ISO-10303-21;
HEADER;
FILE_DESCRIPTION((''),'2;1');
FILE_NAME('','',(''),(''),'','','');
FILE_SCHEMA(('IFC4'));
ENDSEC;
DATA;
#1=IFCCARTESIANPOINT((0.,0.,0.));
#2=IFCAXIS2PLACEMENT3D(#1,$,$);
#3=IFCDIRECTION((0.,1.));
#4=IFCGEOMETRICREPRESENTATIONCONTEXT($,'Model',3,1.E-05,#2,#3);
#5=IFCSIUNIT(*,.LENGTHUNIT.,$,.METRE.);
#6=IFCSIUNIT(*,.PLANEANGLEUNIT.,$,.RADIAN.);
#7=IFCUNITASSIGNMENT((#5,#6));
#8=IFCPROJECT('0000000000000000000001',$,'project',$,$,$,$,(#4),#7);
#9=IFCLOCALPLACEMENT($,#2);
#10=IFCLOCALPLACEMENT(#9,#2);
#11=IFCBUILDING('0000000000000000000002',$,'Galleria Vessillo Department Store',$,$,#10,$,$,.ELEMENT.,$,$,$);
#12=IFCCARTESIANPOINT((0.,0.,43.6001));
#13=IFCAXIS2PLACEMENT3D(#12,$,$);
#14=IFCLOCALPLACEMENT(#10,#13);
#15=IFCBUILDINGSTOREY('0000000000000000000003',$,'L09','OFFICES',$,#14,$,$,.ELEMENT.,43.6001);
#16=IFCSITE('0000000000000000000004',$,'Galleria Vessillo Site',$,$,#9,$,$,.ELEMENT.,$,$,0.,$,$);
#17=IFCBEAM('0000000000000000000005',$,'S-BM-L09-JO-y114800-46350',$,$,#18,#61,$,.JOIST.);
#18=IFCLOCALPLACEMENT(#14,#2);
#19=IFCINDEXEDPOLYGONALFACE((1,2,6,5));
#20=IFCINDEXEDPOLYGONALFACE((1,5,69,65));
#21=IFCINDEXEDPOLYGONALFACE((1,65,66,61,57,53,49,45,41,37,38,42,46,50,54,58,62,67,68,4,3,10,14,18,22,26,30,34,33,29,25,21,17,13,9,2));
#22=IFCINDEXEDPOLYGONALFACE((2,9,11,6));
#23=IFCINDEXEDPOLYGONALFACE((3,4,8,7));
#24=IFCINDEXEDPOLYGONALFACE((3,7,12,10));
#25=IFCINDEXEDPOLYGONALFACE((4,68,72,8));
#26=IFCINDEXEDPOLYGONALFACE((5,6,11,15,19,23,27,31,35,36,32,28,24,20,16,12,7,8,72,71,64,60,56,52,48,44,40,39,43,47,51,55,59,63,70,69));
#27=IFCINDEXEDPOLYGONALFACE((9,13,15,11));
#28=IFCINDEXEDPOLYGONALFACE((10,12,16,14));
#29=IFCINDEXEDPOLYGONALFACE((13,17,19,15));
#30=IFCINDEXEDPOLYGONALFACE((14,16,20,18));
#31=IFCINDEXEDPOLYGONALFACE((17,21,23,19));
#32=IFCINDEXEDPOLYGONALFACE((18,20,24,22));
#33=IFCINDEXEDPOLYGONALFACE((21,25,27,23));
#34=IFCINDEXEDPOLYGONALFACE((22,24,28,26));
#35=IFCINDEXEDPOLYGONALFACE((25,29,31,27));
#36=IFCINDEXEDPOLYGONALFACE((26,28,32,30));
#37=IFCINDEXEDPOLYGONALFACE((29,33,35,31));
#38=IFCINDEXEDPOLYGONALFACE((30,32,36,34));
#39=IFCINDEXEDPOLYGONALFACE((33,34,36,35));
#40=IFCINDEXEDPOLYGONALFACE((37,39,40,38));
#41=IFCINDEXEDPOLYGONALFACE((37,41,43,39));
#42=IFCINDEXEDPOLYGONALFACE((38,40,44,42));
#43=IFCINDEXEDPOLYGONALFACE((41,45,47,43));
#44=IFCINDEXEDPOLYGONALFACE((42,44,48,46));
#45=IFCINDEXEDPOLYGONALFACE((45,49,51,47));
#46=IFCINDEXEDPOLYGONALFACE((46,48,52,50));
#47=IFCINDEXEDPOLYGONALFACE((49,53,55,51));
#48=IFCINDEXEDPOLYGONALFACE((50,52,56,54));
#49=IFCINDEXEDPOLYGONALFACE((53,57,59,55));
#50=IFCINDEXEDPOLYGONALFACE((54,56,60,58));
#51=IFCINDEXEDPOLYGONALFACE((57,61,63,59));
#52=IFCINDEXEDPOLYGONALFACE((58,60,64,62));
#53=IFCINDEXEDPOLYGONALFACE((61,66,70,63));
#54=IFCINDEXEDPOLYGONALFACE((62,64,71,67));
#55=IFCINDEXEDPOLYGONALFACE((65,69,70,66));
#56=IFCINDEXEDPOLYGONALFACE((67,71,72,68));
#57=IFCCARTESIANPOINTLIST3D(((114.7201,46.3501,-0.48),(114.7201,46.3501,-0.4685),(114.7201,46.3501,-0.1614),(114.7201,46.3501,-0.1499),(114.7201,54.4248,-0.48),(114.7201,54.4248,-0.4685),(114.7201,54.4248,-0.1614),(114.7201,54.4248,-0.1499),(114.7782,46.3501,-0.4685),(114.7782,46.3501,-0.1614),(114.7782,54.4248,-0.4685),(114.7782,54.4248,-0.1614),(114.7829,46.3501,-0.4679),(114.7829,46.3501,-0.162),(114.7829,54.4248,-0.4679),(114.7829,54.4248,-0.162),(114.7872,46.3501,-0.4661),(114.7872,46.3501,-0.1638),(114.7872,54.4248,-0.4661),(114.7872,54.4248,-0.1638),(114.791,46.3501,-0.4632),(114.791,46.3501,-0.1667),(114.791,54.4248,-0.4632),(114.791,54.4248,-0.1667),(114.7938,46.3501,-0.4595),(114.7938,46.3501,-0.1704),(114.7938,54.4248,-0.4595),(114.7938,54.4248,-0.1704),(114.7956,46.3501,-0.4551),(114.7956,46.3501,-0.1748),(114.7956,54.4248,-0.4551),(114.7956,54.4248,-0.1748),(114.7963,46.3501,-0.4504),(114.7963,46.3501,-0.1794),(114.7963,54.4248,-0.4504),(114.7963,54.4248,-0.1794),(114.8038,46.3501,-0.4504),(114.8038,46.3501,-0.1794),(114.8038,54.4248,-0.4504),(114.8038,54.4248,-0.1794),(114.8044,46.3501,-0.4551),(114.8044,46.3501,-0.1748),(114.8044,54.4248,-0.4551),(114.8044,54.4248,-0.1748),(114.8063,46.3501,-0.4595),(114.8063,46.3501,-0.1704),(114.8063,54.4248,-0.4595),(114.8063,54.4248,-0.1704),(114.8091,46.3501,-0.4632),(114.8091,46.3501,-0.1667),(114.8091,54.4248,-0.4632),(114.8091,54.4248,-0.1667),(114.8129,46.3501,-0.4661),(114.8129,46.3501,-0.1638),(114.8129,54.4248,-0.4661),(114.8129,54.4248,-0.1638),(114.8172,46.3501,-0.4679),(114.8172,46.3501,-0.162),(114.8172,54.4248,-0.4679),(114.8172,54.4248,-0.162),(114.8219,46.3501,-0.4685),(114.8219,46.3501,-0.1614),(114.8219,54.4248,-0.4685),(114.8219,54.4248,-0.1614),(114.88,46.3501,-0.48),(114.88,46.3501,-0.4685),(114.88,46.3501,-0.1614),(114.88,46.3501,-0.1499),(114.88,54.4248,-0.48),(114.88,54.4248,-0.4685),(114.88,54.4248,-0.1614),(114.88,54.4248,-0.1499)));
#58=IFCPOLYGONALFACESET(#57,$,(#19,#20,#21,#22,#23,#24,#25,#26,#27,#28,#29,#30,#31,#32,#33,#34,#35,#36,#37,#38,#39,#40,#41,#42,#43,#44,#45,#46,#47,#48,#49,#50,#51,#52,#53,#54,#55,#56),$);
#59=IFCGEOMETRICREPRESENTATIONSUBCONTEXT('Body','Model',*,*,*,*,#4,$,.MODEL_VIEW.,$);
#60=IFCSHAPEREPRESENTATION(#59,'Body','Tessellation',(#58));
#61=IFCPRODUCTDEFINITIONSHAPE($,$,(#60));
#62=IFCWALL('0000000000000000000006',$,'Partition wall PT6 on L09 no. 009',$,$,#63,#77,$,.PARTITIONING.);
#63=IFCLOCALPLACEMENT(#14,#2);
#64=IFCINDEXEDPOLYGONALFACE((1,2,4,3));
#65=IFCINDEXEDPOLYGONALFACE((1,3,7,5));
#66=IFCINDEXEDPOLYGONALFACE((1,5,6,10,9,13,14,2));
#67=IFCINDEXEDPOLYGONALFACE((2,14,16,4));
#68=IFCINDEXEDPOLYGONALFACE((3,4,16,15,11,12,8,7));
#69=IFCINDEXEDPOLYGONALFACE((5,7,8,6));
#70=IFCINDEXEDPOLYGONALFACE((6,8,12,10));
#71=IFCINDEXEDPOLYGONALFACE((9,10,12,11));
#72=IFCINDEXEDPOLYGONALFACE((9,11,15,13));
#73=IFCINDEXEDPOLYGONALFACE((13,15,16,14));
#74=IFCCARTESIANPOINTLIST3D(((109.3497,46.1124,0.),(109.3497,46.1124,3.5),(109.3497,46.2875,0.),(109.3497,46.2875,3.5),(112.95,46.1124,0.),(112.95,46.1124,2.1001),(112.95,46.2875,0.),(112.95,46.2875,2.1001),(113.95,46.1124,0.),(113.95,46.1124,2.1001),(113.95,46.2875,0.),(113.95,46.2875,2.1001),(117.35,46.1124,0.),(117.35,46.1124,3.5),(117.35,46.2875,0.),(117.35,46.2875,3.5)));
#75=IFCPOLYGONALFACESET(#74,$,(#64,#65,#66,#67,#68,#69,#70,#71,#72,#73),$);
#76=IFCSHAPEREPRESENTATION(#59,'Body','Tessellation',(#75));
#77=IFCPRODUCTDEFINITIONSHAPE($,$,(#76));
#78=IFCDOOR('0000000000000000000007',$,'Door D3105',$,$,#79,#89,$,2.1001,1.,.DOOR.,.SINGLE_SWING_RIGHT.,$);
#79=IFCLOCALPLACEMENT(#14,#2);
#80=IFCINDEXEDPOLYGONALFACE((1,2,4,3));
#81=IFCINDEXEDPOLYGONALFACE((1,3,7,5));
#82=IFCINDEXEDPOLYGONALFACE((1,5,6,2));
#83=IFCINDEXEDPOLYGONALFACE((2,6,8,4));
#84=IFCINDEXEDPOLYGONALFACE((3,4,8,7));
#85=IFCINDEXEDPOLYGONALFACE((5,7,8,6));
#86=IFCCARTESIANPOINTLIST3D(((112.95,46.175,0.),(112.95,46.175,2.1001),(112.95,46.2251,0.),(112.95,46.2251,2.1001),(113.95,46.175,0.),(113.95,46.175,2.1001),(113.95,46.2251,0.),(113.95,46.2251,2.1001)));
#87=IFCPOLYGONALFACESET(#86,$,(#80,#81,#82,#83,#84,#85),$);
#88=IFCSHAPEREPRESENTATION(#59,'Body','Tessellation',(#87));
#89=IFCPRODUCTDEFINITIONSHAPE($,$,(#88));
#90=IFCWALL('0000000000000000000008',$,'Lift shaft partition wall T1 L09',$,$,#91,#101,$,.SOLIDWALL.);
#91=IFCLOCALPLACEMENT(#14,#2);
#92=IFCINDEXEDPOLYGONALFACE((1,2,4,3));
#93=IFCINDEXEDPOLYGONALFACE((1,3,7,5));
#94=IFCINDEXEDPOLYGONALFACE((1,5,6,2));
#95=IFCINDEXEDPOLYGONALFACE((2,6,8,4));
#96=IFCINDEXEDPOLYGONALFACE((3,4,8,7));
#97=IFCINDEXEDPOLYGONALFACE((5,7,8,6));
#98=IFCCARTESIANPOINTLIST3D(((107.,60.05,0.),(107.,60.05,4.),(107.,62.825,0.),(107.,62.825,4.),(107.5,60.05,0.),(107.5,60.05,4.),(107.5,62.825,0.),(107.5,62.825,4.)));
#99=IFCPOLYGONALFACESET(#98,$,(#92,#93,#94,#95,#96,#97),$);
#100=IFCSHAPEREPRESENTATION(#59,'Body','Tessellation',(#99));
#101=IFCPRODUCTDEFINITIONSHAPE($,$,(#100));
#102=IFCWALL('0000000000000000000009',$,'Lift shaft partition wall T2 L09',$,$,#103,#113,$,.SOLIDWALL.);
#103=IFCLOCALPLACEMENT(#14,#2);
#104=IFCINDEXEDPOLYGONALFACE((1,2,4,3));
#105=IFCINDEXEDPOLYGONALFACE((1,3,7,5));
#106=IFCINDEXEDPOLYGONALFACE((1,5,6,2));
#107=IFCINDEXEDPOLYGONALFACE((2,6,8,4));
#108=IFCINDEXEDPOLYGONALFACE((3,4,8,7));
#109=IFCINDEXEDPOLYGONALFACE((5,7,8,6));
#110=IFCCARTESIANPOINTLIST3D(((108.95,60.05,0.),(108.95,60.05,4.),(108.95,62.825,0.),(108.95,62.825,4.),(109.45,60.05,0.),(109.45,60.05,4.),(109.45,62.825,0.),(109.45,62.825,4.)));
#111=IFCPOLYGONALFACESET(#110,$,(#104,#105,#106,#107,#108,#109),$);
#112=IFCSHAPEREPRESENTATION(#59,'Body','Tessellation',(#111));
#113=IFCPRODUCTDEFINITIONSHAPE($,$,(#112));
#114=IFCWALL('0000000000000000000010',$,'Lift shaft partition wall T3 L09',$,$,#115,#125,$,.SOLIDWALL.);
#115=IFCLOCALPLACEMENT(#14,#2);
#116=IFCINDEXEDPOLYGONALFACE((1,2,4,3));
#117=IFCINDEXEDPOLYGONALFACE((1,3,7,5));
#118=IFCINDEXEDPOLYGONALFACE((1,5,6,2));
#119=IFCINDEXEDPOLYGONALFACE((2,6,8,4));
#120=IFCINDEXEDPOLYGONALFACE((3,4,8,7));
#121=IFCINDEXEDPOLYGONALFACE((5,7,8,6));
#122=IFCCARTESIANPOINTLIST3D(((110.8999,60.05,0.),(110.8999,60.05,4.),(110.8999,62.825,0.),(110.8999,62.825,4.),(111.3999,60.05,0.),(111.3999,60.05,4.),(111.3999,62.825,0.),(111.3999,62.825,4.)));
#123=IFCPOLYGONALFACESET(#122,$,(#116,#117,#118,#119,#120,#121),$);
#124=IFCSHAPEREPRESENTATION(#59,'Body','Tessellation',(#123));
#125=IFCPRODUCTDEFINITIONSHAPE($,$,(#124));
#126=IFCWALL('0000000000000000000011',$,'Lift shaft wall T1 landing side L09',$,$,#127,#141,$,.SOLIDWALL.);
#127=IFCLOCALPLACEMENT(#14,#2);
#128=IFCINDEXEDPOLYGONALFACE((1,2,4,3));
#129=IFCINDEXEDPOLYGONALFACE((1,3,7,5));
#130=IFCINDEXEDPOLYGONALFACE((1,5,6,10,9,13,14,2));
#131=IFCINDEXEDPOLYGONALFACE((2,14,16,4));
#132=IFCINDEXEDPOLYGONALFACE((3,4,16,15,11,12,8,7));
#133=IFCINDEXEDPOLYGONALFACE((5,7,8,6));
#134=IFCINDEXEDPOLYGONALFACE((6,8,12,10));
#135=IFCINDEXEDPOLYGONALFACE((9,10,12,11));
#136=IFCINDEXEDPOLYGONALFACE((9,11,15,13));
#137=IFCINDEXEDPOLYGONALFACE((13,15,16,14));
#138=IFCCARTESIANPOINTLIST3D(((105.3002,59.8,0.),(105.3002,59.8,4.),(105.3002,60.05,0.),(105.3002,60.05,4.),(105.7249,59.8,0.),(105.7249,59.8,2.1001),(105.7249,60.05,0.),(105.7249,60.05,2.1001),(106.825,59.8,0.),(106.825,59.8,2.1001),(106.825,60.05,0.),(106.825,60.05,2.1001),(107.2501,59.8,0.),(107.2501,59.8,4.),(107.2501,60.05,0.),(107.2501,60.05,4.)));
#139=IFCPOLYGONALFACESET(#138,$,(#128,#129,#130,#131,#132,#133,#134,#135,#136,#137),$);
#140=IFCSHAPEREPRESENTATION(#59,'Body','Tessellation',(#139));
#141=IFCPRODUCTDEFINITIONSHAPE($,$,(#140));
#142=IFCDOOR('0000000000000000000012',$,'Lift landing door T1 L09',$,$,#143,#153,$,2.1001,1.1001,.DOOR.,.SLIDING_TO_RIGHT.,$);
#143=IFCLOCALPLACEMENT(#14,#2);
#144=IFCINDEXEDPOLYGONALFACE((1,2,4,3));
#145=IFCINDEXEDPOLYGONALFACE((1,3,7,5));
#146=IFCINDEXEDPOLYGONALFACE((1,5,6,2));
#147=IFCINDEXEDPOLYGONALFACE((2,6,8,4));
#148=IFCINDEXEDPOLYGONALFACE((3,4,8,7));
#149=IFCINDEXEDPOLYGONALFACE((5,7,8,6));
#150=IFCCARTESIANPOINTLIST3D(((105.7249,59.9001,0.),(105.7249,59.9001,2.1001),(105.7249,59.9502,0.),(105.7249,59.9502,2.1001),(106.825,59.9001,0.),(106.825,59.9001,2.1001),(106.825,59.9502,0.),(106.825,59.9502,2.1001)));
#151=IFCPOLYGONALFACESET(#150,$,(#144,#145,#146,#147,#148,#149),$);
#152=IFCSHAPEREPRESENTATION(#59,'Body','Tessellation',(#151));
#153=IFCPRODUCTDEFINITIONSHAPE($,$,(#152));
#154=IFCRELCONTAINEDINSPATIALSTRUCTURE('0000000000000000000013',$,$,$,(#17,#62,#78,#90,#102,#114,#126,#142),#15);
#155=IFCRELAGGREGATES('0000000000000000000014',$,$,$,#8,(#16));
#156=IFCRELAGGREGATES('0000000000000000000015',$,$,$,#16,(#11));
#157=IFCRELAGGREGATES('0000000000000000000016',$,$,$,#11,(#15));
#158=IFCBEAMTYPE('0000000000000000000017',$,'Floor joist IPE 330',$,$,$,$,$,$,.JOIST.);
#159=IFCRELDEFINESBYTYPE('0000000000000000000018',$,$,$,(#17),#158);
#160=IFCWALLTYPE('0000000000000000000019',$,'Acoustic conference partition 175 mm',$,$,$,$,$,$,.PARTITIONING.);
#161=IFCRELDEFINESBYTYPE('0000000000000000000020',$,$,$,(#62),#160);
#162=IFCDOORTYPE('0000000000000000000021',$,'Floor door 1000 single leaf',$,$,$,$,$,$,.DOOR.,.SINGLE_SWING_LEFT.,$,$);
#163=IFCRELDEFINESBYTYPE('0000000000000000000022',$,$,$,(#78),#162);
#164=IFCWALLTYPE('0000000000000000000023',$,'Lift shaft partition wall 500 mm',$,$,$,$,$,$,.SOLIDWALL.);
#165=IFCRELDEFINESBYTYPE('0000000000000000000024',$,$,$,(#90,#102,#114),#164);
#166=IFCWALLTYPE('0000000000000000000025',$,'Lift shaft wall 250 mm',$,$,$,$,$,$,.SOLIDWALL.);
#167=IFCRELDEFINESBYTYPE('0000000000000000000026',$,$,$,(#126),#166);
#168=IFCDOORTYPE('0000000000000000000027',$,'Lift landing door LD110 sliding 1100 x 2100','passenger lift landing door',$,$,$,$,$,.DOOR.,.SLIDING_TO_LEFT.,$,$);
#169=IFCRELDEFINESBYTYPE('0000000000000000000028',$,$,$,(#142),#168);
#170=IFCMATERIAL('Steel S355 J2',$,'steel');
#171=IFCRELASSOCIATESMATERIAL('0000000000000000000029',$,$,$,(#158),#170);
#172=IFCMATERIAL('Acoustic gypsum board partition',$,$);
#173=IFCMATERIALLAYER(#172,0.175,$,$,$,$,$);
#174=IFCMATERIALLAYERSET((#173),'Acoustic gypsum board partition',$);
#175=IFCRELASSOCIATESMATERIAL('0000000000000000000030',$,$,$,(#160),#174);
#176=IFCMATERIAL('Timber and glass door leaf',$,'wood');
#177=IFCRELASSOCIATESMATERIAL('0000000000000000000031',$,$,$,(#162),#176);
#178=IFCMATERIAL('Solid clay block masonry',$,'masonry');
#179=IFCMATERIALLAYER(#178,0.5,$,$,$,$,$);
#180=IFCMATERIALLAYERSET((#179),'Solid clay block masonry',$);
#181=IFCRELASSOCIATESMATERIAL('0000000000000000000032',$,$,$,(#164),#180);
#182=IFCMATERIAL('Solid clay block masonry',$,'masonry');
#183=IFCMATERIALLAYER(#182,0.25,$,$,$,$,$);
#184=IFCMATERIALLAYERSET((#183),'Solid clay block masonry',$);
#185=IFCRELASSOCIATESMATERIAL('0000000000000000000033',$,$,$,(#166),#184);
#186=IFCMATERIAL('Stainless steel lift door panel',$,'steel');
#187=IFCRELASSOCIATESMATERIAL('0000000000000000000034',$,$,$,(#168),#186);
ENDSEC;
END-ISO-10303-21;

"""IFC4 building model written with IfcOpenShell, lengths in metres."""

from ifc_helpers import new_model, si_unit, direction, frame, frame_2d, origin, origin_2d, place, context, subcontext, project, spatial, rectangle, i_section, extrude, material, layer, layer_set, material_profile, profile_set, type_object, element, fill, save


model = new_model("IFC4")

# Units and contexts
model_context = context("Model", 3, precision=1e-05, world=origin(), true_north=direction((0.0, 1.0)))
body_context = subcontext(model_context, "Body", "Model", "MODEL_VIEW")
ifc_project = project(units=[si_unit("LENGTHUNIT", "METRE"), si_unit("PLANEANGLEUNIT", "RADIAN")], contexts=[model_context])

# Site, building, storey
site_placement = place(None, origin())
site = spatial("IfcSite", under=ifc_project, at=site_placement, Name="Galleria Vessillo Site", CompositionType="ELEMENT", RefElevation=0.0)
building_placement = place(site_placement, origin())
building = spatial("IfcBuilding", under=site, at=building_placement, Name="Galleria Vessillo Department Store", CompositionType="ELEMENT")
storey_placement = place(building_placement, frame((0.0, 0.0, 43.6001)))
storey = spatial("IfcBuildingStorey", under=building, at=storey_placement, Name="L09", Description="OFFICES", CompositionType="ELEMENT", Elevation=43.6001)

# Beam
ifc_material_1 = material(Name="Steel S355 J2", Category="steel")
ifc_material_profile_1 = material_profile(ifc_material_1, i_section(OverallWidth=0.1599, OverallDepth=0.3301, WebThickness=0.0076, FlangeThickness=0.0115, FilletRadius=0.0181, at=origin_2d()), Name="IPE 330")
ifc_profile_set_1 = profile_set([ifc_material_profile_1], Name="Steel S355 J2")
beam_type_1 = type_object("IfcBeamType", Name="Floor joist IPE 330", PredefinedType="JOIST", material=ifc_profile_set_1)
for number, where, z_axis, x_axis, name in (
    (1, (114.8, 46.3501, -0.3149), (0.0, 1.0, 0.0), (-1.0, 0.0, 0.0), "S-BM-L09-JO-y114800-46350"),
):
    element("IfcBeam", number, at=place(storey_placement, frame(where, z_axis=z_axis, x_axis=x_axis)), inside=storey, type_object=beam_type_1, Name=name, PredefinedType="JOIST", context=body_context, shape_type="SweptSolid", body=[
        extrude(i_section(OverallWidth=0.1599, OverallDepth=0.3301, WebThickness=0.0076, FlangeThickness=0.0115, FilletRadius=0.0181, at=origin_2d()), origin(), (0.0, 0.0, 1.0), 8.0747),
    ])

# Wall, opening, door
ifc_material_2 = material(Name="Acoustic gypsum board partition")
ifc_layer_1 = layer(ifc_material_2, 0.175)
ifc_layer_set_1 = layer_set([ifc_layer_1], Name="Acoustic gypsum board partition")
wall_type_1 = type_object("IfcWallType", Name="Acoustic conference partition 175 mm", PredefinedType="PARTITIONING", material=ifc_layer_set_1)
wall_1_placement = place(storey_placement, frame((109.3499, 46.2, 0.0), z_axis=(0.0, 0.0, 1.0), x_axis=(1.0, 0.0, 0.0)))
wall_1 = element("IfcWall", 2, at=wall_1_placement, inside=storey, type_object=wall_type_1, Name="Partition wall PT6 on L09 no. 009", PredefinedType="PARTITIONING", context=body_context, shape_type="SweptSolid", body=[
    extrude(rectangle(XDim=8.0002, YDim=0.175, at=frame_2d((4.0, 0.0))), origin(), (0.0, 0.0, 1.0), 3.5),
])
opening_1_placement = place(wall_1_placement, frame((3.6001, 0.0, 0.0)))
opening_1 = element("IfcOpeningElement", 3, at=opening_1_placement, cuts=wall_1, PredefinedType="OPENING", context=body_context, shape_type="SweptSolid", body=[
    extrude(rectangle(XDim=1.0, YDim=2.1001, at=frame_2d((0.5, 1.05))), frame((0.0, 0.0977, 0.0), z_axis=(0.0, -1.0, 0.0), x_axis=(1.0, 0.0, 0.0)), (0.0, 0.0, 1.0), 0.1951),
])
ifc_material_3 = material(Name="Timber and glass door leaf", Category="wood")
door_type_1 = type_object("IfcDoorType", Name="Floor door 1000 single leaf", OperationType="SINGLE_SWING_LEFT", PredefinedType="DOOR", material=ifc_material_3)
door_1_placement = place(opening_1_placement, frame((1.0, 0.0, 0.0), z_axis=(0.0, 0.0, 1.0), x_axis=(-1.0, 0.0, 0.0)))
door_1 = element("IfcDoor", 4, at=door_1_placement, inside=storey, type_object=door_type_1, Name="Door D3105", OperationType="SINGLE_SWING_RIGHT", OverallHeight=2.1001, OverallWidth=1.0, PredefinedType="DOOR", context=body_context, shape_type="SweptSolid", body=[
    extrude(rectangle(XDim=1.0, YDim=2.1001, at=frame_2d((0.5, 1.05))), frame((0.0, 0.0249, 0.0), z_axis=(0.0, -1.0, 0.0), x_axis=(1.0, 0.0, 0.0)), (0.0, 0.0, 1.0), 0.05),
])
fill(opening_1, door_1)

# Walls
ifc_material_4 = material(Name="Solid clay block masonry", Category="masonry")
ifc_layer_2 = layer(ifc_material_4, 0.5)
ifc_layer_set_2 = layer_set([ifc_layer_2], Name="Solid clay block masonry")
wall_type_2 = type_object("IfcWallType", Name="Lift shaft partition wall 500 mm", PredefinedType="SOLIDWALL", material=ifc_layer_set_2)
for number, where, z_axis, x_axis, name in (
    (5, (107.25, 62.825, 0.0), (0.0, 0.0, 1.0), (0.0, -1.0, 0.0), "Lift shaft partition wall T1 L09"),
    (6, (109.2, 62.825, 0.0), (0.0, 0.0, 1.0), (0.0, -1.0, 0.0), "Lift shaft partition wall T2 L09"),
    (7, (111.1499, 62.825, 0.0), (0.0, 0.0, 1.0), (0.0, -1.0, 0.0), "Lift shaft partition wall T3 L09"),
):
    element("IfcWall", number, at=place(storey_placement, frame(where, z_axis=z_axis, x_axis=x_axis)), inside=storey, type_object=wall_type_2, Name=name, PredefinedType="SOLIDWALL", context=body_context, shape_type="SweptSolid", body=[
        extrude(rectangle(XDim=2.7749, YDim=0.5, at=frame_2d((1.3875, 0.0))), origin(), (0.0, 0.0, 1.0), 4.0),
    ])

# Wall, opening, door
ifc_material_5 = material(Name="Solid clay block masonry", Category="masonry")
ifc_layer_3 = layer(ifc_material_5, 0.25)
ifc_layer_set_3 = layer_set([ifc_layer_3], Name="Solid clay block masonry")
wall_type_3 = type_object("IfcWallType", Name="Lift shaft wall 250 mm", PredefinedType="SOLIDWALL", material=ifc_layer_set_3)
wall_2_placement = place(storey_placement, frame((105.3, 59.925, 0.0), z_axis=(0.0, 0.0, 1.0), x_axis=(1.0, 0.0, 0.0)))
wall_2 = element("IfcWall", 8, at=wall_2_placement, inside=storey, type_object=wall_type_3, Name="Lift shaft wall T1 landing side L09", PredefinedType="SOLIDWALL", context=body_context, shape_type="SweptSolid", body=[
    extrude(rectangle(XDim=1.95, YDim=0.25, at=frame_2d((0.9751, 0.0))), origin(), (0.0, 0.0, 1.0), 4.0),
])
opening_2_placement = place(wall_2_placement, frame((0.4248, 0.0, 0.0)))
opening_2 = element("IfcOpeningElement", 9, at=opening_2_placement, cuts=wall_2, PredefinedType="OPENING", context=body_context, shape_type="SweptSolid", body=[
    extrude(rectangle(XDim=1.1001, YDim=2.1001, at=frame_2d((0.55, 1.05))), frame((0.0, 0.135, 0.0), z_axis=(0.0, -1.0, 0.0), x_axis=(1.0, 0.0, 0.0)), (0.0, 0.0, 1.0), 0.27),
])
ifc_material_6 = material(Name="Stainless steel lift door panel", Category="steel")
door_type_2 = type_object("IfcDoorType", Name="Lift landing door LD110 sliding 1100 x 2100", Description="passenger lift landing door", OperationType="SLIDING_TO_LEFT", PredefinedType="DOOR", material=ifc_material_6)
door_2_placement = place(opening_2_placement, frame((1.1001, 0.0, 0.0), z_axis=(0.0, 0.0, 1.0), x_axis=(-1.0, 0.0, 0.0)))
door_2 = element("IfcDoor", 10, at=door_2_placement, inside=storey, type_object=door_type_2, Name="Lift landing door T1 L09", OperationType="SLIDING_TO_RIGHT", OverallHeight=2.1001, OverallWidth=1.1001, PredefinedType="DOOR", context=body_context, shape_type="SweptSolid", body=[
    extrude(rectangle(XDim=1.1001, YDim=2.1001, at=frame_2d((0.55, 1.05))), frame((0.0, 0.0249, 0.0), z_axis=(0.0, -1.0, 0.0), x_axis=(1.0, 0.0, 0.0)), (0.0, 0.0, 1.0), 0.05),
])
fill(opening_2, door_2)

save(model, "model.ifc")
